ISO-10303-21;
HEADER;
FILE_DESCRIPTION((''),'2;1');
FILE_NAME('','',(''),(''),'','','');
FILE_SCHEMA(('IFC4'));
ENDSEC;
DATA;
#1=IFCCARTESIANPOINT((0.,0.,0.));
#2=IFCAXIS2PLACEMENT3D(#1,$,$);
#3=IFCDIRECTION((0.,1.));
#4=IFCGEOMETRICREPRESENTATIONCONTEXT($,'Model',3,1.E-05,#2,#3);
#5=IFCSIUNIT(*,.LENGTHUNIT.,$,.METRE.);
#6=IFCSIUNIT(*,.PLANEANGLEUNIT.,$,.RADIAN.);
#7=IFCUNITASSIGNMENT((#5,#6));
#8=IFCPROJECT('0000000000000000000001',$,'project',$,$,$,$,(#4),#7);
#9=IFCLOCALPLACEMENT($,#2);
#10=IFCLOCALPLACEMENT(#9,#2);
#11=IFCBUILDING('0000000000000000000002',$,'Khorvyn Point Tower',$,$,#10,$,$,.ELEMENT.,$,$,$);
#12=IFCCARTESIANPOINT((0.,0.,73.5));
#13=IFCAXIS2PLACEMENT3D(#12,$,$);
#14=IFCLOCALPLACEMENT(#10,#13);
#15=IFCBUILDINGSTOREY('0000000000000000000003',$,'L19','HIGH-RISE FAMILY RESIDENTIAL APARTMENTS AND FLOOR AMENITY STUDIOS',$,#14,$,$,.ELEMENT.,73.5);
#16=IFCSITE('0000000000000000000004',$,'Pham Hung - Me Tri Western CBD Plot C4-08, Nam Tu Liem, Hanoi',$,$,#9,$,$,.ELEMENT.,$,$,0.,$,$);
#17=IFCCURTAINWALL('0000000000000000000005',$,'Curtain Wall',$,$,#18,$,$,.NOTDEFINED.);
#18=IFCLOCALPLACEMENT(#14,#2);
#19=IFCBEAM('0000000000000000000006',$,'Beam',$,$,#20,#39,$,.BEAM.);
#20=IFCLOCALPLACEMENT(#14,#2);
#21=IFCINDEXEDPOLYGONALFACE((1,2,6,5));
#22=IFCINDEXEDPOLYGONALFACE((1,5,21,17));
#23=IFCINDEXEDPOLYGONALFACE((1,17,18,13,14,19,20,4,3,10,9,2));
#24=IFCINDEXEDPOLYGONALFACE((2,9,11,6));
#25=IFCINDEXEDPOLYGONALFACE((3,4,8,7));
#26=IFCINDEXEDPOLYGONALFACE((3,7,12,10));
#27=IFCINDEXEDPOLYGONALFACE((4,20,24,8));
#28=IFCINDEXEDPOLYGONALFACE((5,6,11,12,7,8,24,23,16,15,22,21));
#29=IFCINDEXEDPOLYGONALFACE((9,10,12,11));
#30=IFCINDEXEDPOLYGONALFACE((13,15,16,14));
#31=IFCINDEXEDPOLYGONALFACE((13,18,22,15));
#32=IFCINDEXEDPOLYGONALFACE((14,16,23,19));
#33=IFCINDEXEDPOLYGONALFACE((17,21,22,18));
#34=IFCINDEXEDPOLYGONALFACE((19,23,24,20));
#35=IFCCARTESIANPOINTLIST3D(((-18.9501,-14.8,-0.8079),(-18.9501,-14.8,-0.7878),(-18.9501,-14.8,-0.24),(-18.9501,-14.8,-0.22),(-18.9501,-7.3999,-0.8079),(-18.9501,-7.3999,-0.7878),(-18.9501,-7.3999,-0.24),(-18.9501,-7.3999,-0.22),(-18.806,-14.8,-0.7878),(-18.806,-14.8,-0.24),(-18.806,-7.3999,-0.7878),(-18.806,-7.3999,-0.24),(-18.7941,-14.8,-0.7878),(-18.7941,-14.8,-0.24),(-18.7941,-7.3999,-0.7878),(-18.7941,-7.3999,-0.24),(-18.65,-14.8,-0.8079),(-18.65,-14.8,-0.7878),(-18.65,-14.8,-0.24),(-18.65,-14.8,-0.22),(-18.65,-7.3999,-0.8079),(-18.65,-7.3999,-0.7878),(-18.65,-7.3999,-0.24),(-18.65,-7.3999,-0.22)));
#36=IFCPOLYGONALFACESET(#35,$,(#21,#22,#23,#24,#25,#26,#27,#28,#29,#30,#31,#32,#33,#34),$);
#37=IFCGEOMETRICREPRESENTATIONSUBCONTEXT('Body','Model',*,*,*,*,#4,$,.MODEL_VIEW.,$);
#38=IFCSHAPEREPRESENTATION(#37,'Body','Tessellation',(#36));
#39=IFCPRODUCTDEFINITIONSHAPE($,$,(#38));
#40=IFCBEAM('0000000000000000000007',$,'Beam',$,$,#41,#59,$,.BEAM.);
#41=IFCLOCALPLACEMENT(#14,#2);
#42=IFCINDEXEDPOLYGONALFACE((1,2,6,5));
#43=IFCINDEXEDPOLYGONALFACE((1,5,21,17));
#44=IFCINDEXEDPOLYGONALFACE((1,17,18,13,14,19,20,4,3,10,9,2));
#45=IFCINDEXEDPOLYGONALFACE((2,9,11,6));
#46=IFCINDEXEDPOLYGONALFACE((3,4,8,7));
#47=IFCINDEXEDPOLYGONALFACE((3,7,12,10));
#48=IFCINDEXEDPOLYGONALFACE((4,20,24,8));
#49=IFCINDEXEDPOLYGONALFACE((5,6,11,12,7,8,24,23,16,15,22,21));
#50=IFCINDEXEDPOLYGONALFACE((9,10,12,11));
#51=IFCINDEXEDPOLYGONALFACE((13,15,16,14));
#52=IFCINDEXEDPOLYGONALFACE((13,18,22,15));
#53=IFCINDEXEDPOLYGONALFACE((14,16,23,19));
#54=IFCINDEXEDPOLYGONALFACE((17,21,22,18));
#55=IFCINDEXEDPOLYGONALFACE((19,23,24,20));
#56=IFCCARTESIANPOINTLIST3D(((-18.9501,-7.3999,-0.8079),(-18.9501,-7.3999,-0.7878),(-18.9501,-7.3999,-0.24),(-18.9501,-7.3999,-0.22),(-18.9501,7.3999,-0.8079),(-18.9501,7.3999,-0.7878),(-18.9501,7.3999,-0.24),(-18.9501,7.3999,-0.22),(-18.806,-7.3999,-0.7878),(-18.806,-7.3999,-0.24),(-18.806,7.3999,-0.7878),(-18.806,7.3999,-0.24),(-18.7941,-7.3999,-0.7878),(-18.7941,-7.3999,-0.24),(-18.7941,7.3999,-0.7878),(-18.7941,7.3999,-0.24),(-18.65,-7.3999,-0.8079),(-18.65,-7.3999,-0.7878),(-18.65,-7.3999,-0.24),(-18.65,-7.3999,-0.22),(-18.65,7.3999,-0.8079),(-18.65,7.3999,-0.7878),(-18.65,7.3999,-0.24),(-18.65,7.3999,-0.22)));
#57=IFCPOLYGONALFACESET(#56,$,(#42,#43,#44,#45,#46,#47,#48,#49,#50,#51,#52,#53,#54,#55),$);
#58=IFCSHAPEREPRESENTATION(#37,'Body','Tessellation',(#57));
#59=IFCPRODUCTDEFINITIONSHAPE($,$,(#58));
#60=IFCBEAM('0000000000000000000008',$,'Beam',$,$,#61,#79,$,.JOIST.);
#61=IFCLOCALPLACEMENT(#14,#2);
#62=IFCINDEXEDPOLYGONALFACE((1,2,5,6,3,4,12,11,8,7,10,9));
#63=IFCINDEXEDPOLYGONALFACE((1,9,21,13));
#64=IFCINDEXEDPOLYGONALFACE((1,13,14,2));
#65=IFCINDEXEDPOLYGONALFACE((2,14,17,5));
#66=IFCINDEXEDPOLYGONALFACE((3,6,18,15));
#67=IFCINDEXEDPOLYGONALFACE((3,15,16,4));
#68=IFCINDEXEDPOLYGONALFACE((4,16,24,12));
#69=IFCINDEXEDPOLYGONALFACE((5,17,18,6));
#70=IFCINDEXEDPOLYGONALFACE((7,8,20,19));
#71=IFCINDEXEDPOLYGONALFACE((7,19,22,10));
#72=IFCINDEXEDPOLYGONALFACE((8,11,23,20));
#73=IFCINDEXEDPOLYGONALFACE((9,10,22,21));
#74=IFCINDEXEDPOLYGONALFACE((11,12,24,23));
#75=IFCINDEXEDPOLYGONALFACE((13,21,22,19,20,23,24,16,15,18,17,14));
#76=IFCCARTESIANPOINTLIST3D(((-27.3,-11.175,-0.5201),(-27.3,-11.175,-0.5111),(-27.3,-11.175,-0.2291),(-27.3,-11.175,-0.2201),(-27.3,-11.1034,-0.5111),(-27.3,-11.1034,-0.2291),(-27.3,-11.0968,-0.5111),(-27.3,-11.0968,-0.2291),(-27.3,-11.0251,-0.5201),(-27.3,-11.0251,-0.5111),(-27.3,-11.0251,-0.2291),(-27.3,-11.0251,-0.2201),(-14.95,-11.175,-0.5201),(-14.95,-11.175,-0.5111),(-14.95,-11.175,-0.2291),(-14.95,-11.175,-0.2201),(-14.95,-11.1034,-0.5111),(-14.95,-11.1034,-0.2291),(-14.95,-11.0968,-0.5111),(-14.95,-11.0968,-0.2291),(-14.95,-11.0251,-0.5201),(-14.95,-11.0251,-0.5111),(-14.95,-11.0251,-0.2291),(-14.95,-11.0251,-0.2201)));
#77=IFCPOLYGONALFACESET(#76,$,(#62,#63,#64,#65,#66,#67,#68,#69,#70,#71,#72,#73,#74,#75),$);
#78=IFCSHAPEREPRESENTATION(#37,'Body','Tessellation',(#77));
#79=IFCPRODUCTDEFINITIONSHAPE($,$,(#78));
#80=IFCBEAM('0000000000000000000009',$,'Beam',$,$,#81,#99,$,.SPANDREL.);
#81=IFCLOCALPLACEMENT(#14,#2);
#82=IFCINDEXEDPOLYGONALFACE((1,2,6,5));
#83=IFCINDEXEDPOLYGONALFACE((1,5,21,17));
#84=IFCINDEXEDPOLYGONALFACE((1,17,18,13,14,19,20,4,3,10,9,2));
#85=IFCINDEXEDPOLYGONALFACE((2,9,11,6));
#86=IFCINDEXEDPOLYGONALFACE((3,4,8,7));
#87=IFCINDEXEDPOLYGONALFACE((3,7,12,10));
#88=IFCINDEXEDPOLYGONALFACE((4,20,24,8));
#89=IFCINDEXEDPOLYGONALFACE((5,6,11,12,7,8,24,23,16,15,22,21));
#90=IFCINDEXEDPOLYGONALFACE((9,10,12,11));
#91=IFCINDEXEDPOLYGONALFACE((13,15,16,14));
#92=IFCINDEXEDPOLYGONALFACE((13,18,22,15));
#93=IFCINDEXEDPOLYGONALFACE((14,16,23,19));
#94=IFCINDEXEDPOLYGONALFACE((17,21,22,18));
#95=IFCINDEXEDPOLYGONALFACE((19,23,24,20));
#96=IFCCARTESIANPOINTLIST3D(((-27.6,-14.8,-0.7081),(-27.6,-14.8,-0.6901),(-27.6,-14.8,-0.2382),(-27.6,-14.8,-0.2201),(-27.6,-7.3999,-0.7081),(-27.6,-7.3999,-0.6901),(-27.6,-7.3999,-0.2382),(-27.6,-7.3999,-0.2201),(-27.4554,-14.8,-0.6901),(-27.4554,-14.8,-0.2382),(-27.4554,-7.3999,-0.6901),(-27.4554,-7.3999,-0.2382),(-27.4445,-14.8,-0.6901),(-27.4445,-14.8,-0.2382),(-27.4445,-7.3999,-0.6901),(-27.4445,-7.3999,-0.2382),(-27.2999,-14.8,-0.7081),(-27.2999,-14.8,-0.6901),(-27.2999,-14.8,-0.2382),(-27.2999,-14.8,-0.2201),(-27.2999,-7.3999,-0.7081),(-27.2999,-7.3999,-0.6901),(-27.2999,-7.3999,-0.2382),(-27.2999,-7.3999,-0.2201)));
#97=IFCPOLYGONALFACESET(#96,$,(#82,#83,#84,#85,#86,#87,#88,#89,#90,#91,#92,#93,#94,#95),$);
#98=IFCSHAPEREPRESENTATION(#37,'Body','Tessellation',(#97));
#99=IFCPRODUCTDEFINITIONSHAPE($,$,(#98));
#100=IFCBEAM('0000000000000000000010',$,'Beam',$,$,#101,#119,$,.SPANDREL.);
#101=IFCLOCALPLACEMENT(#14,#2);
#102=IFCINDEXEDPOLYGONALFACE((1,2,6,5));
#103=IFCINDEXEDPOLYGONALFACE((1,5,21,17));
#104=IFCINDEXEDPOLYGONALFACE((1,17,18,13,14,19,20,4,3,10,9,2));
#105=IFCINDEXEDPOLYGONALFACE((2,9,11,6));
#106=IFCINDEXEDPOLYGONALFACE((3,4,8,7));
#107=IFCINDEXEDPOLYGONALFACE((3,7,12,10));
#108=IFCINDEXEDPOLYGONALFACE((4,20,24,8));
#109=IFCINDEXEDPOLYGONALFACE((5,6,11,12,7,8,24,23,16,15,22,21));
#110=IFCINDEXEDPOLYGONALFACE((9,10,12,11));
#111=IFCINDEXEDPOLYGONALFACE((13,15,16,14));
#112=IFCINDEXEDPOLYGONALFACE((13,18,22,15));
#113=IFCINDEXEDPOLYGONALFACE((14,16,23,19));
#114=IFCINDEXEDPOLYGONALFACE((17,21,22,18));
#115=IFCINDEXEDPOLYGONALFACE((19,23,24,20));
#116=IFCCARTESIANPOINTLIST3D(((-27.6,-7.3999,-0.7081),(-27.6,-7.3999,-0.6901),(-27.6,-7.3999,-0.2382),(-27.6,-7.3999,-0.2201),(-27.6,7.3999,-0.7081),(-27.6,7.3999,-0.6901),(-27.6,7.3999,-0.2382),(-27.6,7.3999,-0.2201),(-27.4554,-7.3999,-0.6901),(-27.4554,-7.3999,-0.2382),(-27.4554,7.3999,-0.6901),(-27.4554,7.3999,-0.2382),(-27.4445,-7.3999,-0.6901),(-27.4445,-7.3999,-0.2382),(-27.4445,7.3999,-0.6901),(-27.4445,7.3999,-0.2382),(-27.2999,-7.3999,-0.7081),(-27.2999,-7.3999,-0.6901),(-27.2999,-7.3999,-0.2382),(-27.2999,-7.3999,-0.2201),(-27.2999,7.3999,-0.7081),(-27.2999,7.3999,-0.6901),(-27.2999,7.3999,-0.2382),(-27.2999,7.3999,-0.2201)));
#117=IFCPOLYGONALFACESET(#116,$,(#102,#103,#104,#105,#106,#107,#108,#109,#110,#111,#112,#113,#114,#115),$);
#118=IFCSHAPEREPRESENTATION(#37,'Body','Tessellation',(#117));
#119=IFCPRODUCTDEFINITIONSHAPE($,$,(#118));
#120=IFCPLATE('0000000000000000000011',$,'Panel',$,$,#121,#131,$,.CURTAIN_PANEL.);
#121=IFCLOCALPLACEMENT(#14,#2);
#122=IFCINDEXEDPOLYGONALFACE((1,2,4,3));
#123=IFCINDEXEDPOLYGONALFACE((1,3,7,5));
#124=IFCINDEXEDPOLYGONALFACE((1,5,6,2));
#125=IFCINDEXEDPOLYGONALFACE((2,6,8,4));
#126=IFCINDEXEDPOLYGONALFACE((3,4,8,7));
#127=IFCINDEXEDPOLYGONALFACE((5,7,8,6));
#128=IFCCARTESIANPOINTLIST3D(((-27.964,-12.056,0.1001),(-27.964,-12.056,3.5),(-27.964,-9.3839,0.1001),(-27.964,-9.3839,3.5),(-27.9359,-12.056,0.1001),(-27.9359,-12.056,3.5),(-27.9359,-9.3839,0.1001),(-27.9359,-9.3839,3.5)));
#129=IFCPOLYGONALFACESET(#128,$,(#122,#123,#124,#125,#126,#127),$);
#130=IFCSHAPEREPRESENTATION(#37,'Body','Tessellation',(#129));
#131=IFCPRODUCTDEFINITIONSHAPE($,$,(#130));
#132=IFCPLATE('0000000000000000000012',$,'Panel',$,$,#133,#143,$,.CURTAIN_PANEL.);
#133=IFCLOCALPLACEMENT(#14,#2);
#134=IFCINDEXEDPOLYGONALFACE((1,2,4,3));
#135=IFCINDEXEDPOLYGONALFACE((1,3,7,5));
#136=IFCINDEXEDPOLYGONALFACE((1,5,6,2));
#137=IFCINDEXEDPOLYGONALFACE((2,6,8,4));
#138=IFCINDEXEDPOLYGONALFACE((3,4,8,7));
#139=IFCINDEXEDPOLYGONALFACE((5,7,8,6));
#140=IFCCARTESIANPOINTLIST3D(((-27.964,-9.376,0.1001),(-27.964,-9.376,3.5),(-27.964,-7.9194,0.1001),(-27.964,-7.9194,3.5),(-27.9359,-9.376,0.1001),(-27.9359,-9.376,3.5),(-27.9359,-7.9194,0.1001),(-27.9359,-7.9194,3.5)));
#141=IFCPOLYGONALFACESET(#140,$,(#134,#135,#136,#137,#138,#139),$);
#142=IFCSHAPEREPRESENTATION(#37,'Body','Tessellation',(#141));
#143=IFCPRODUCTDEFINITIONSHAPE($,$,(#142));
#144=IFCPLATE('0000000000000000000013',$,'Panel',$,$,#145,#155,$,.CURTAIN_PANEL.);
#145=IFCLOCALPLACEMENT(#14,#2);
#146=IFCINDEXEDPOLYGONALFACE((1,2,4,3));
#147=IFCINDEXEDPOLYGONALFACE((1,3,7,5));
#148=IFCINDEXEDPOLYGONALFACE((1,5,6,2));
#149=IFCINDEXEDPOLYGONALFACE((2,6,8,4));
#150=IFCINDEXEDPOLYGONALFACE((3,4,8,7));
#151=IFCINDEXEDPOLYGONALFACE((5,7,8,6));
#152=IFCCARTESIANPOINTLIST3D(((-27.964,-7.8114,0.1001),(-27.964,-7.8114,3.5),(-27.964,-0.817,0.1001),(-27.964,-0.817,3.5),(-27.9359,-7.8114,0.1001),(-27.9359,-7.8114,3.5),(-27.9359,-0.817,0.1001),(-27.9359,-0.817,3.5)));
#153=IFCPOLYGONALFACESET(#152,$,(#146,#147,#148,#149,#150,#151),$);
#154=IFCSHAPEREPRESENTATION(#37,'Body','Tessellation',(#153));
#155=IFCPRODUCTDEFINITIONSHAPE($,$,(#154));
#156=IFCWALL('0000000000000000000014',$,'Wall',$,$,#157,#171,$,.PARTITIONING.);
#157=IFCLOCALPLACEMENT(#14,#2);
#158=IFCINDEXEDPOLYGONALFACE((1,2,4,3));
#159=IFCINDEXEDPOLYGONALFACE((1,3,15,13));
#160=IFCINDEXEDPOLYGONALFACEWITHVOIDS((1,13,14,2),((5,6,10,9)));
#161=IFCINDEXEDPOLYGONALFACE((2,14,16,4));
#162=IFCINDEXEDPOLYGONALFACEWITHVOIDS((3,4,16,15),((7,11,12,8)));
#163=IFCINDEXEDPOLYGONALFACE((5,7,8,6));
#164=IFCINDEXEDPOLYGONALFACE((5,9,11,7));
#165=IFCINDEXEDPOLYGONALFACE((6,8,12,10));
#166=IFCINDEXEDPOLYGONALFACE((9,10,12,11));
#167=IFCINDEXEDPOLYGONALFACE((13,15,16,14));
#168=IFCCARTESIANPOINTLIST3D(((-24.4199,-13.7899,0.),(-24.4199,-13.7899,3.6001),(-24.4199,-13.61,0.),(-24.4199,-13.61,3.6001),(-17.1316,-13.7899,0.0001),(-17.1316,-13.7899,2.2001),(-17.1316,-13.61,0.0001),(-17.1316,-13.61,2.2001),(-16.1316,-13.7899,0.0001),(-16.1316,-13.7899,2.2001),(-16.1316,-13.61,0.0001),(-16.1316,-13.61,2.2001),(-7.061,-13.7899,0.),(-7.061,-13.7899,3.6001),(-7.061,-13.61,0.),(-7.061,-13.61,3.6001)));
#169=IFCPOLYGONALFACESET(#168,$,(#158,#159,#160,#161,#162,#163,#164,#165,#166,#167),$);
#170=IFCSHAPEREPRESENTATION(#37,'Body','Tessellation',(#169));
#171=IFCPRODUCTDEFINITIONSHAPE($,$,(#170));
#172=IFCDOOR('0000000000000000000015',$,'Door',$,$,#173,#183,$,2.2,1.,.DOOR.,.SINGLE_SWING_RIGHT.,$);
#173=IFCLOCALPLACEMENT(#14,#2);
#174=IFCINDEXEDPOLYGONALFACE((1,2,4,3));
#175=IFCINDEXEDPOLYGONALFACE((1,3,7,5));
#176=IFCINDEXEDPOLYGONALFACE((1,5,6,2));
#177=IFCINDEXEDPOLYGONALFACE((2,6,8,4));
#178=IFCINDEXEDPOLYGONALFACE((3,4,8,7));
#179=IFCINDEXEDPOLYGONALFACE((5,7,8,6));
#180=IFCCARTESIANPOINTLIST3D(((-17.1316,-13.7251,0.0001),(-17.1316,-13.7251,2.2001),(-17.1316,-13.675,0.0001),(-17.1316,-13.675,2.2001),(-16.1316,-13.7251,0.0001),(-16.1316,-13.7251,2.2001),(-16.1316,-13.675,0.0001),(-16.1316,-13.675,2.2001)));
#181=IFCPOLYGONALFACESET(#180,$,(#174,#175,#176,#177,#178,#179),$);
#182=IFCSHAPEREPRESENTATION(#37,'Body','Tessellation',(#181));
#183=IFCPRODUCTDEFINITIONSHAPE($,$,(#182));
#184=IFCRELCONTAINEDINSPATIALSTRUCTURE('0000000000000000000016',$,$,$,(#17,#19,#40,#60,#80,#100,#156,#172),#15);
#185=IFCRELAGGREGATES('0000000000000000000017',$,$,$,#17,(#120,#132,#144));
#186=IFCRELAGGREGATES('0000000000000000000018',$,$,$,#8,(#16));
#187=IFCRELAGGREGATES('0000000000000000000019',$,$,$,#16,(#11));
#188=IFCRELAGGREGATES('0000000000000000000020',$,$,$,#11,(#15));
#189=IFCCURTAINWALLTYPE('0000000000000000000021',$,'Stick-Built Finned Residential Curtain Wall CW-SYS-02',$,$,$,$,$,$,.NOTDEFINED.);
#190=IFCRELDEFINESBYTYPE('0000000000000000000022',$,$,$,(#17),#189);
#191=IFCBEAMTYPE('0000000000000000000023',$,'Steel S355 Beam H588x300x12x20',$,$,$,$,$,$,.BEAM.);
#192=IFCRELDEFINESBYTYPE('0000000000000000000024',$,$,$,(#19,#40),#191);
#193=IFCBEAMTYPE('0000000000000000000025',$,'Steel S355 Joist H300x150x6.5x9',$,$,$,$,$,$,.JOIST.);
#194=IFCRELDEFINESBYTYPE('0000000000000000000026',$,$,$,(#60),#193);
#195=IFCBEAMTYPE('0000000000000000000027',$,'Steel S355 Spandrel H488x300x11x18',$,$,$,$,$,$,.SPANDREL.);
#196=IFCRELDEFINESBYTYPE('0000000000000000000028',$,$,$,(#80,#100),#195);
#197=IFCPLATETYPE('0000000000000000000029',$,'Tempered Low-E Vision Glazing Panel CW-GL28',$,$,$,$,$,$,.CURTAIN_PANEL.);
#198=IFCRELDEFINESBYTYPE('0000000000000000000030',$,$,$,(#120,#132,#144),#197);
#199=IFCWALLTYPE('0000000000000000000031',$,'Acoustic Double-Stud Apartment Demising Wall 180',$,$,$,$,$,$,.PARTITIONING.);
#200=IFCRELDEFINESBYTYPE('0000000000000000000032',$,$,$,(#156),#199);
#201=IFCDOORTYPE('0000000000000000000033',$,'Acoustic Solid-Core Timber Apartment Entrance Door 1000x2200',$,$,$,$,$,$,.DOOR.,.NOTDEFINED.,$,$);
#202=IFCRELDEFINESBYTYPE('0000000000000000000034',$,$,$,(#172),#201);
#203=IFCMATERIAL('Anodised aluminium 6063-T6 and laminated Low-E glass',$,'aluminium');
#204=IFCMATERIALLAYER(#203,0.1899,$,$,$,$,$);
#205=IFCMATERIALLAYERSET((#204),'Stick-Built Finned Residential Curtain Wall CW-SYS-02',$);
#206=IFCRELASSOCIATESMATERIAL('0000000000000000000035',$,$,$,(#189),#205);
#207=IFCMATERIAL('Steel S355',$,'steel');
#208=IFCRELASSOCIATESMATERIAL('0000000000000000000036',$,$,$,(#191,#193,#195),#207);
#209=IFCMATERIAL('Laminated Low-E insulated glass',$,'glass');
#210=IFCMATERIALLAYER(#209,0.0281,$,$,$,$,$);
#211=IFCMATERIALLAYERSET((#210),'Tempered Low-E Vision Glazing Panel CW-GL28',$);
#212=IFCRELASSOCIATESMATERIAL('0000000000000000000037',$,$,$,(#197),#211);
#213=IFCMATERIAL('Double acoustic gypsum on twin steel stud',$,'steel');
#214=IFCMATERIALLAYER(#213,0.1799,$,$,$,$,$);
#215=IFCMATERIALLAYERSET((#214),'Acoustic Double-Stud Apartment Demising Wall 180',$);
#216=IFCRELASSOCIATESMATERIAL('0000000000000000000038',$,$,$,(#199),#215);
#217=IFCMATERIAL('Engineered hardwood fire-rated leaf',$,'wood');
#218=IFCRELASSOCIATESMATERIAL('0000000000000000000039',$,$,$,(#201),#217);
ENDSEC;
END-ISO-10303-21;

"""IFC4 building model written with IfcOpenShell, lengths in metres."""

from ifc_helpers import new_model, si_unit, direction, frame, frame_2d, origin, origin_2d, place, context, subcontext, project, spatial, rectangle, i_section, extrude, material, layer, layer_set, material_profile, profile_set, type_object, element, fill, aggregate, save


model = new_model("IFC4")

# Units and contexts
model_context = context("Model", 3, precision=1e-05, world=origin(), true_north=direction((0.0, 1.0)))
body_context = subcontext(model_context, "Body", "Model", "MODEL_VIEW")
ifc_project = project(units=[si_unit("LENGTHUNIT", "METRE"), si_unit("PLANEANGLEUNIT", "RADIAN")], contexts=[model_context])

# Site, building, storey
site_placement = place(None, origin())
site = spatial("IfcSite", under=ifc_project, at=site_placement, Name="Pham Hung - Me Tri Western CBD Plot C4-08, Nam Tu Liem, Hanoi", CompositionType="ELEMENT", RefElevation=0.0)
building_placement = place(site_placement, origin())
building = spatial("IfcBuilding", under=site, at=building_placement, Name="Khorvyn Point Tower", CompositionType="ELEMENT")
storey_placement = place(building_placement, frame((0.0, 0.0, 73.5)))
storey = spatial("IfcBuildingStorey", under=building, at=storey_placement, Name="L19", Description="HIGH-RISE FAMILY RESIDENTIAL APARTMENTS AND FLOOR AMENITY STUDIOS", CompositionType="ELEMENT", Elevation=73.5)

# Curtain wall
ifc_material_1 = material(Name="Anodised aluminium 6063-T6 and laminated Low-E glass", Category="aluminium")
ifc_layer_1 = layer(ifc_material_1, 0.1899)
ifc_layer_set_1 = layer_set([ifc_layer_1], Name="Stick-Built Finned Residential Curtain Wall CW-SYS-02")
curtain_wall_type = type_object("IfcCurtainWallType", Name="Stick-Built Finned Residential Curtain Wall CW-SYS-02", PredefinedType="NOTDEFINED", material=ifc_layer_set_1)
curtain_wall_placement = place(storey_placement, origin())
curtain_wall = element("IfcCurtainWall", 1, at=curtain_wall_placement, inside=storey, type_object=curtain_wall_type, Name="Curtain Wall", PredefinedType="NOTDEFINED")

# Beams
ifc_material_2 = material(Name="Steel S355", Category="steel")
ifc_material_profile_1 = material_profile(ifc_material_2, i_section(OverallWidth=0.3, OverallDepth=0.5879, WebThickness=0.012, FlangeThickness=0.02, at=origin_2d()))
ifc_profile_set_1 = profile_set([ifc_material_profile_1], Name="Steel S355 H588x300x12x20")
beam_type_1 = type_object("IfcBeamType", Name="Steel S355 Beam H588x300x12x20", PredefinedType="BEAM", material=ifc_profile_set_1)
beam_1_placement = place(storey_placement, frame((-18.8, -14.8, -0.5139), z_axis=(0.0, 1.0, 0.0), x_axis=(-1.0, 0.0, 0.0)))
element("IfcBeam", 2, at=beam_1_placement, inside=storey, type_object=beam_type_1, Name="Beam", PredefinedType="BEAM", context=body_context, shape_type="SweptSolid", body=[
    extrude(i_section(OverallWidth=0.3, OverallDepth=0.5879, WebThickness=0.012, FlangeThickness=0.02, at=origin_2d()), origin(), (0.0, 0.0, 1.0), 7.4001),
])
beam_2_placement = place(storey_placement, frame((-18.8, -7.3999, -0.5139), z_axis=(0.0, 1.0, 0.0), x_axis=(-1.0, 0.0, 0.0)))
element("IfcBeam", 3, at=beam_2_placement, inside=storey, type_object=beam_type_1, Name="Beam", PredefinedType="BEAM", context=body_context, shape_type="SweptSolid", body=[
    extrude(i_section(OverallWidth=0.3, OverallDepth=0.5879, WebThickness=0.012, FlangeThickness=0.02, at=origin_2d()), origin(), (0.0, 0.0, 1.0), 14.7998),
])
ifc_material_profile_2 = material_profile(ifc_material_2, i_section(OverallWidth=0.1499, OverallDepth=0.3, WebThickness=0.0066, FlangeThickness=0.009, at=origin_2d()))
ifc_profile_set_2 = profile_set([ifc_material_profile_2], Name="Steel S355 H300x150x6.5x9")
beam_type_2 = type_object("IfcBeamType", Name="Steel S355 Joist H300x150x6.5x9", PredefinedType="JOIST", material=ifc_profile_set_2)
beam_3_placement = place(storey_placement, frame((-27.3, -11.1001, -0.3701), z_axis=(1.0, 0.0, 0.0), x_axis=(0.0, 1.0, 0.0)))
element("IfcBeam", 4, at=beam_3_placement, inside=storey, type_object=beam_type_2, Name="Beam", PredefinedType="JOIST", context=body_context, shape_type="SweptSolid", body=[
    extrude(i_section(OverallWidth=0.1499, OverallDepth=0.3, WebThickness=0.0066, FlangeThickness=0.009, at=origin_2d()), origin(), (0.0, 0.0, 1.0), 12.3501),
])
ifc_material_profile_3 = material_profile(ifc_material_2, i_section(OverallWidth=0.3, OverallDepth=0.488, WebThickness=0.011, FlangeThickness=0.0181, at=origin_2d()))
ifc_profile_set_3 = profile_set([ifc_material_profile_3], Name="Steel S355 H488x300x11x18")
beam_type_3 = type_object("IfcBeamType", Name="Steel S355 Spandrel H488x300x11x18", PredefinedType="SPANDREL", material=ifc_profile_set_3)
beam_4_placement = place(storey_placement, frame((-27.45, -14.8, -0.4641), z_axis=(0.0, 1.0, 0.0), x_axis=(-1.0, 0.0, 0.0)))
element("IfcBeam", 5, at=beam_4_placement, inside=storey, type_object=beam_type_3, Name="Beam", PredefinedType="SPANDREL", context=body_context, shape_type="SweptSolid", body=[
    extrude(i_section(OverallWidth=0.3, OverallDepth=0.488, WebThickness=0.011, FlangeThickness=0.0181, at=origin_2d()), origin(), (0.0, 0.0, 1.0), 7.4001),
])
beam_5_placement = place(storey_placement, frame((-27.45, -7.3999, -0.4641), z_axis=(0.0, 1.0, 0.0), x_axis=(-1.0, 0.0, 0.0)))
element("IfcBeam", 6, at=beam_5_placement, inside=storey, type_object=beam_type_3, Name="Beam", PredefinedType="SPANDREL", context=body_context, shape_type="SweptSolid", body=[
    extrude(i_section(OverallWidth=0.3, OverallDepth=0.488, WebThickness=0.011, FlangeThickness=0.0181, at=origin_2d()), origin(), (0.0, 0.0, 1.0), 14.7998),
])

# Plates
ifc_material_3 = material(Name="Laminated Low-E insulated glass", Category="glass")
ifc_layer_2 = layer(ifc_material_3, 0.0281)
ifc_layer_set_2 = layer_set([ifc_layer_2], Name="Tempered Low-E Vision Glazing Panel CW-GL28")
plate_type = type_object("IfcPlateType", Name="Tempered Low-E Vision Glazing Panel CW-GL28", PredefinedType="CURTAIN_PANEL", material=ifc_layer_set_2)
plate_1_placement = place(storey_placement, frame((-27.95, -10.72, 0.1001), z_axis=(0.0, 0.0, 1.0), x_axis=(0.0, 1.0, 0.0)))
plate_1 = element("IfcPlate", 7, at=plate_1_placement, type_object=plate_type, Name="Panel", PredefinedType="CURTAIN_PANEL", context=body_context, shape_type="SweptSolid", body=[
    extrude(rectangle(XDim=2.6721, YDim=0.0281, at=origin_2d()), origin(), (0.0, 0.0, 1.0), 3.3999),
])
plate_2_placement = place(storey_placement, frame((-27.95, -8.6477, 0.1001), z_axis=(0.0, 0.0, 1.0), x_axis=(0.0, 1.0, 0.0)))
plate_2 = element("IfcPlate", 8, at=plate_2_placement, type_object=plate_type, Name="Panel", PredefinedType="CURTAIN_PANEL", context=body_context, shape_type="SweptSolid", body=[
    extrude(rectangle(XDim=1.4565, YDim=0.0281, at=origin_2d()), origin(), (0.0, 0.0, 1.0), 3.3999),
])
plate_3_placement = place(storey_placement, frame((-27.95, -4.3142, 0.1001), z_axis=(0.0, 0.0, 1.0), x_axis=(0.0, 1.0, 0.0)))
plate_3 = element("IfcPlate", 9, at=plate_3_placement, type_object=plate_type, Name="Panel", PredefinedType="CURTAIN_PANEL", context=body_context, shape_type="SweptSolid", body=[
    extrude(rectangle(XDim=6.9944, YDim=0.0281, at=origin_2d()), origin(), (0.0, 0.0, 1.0), 3.3999),
])
aggregate(curtain_wall, [plate_1, plate_2, plate_3])

# Wall, opening, door
ifc_material_4 = material(Name="Double acoustic gypsum on twin steel stud", Category="steel")
ifc_layer_3 = layer(ifc_material_4, 0.1799)
ifc_layer_set_3 = layer_set([ifc_layer_3], Name="Acoustic Double-Stud Apartment Demising Wall 180")
wall_type_1 = type_object("IfcWallType", Name="Acoustic Double-Stud Apartment Demising Wall 180", PredefinedType="PARTITIONING", material=ifc_layer_set_3)
wall_1_placement = place(storey_placement, frame((-24.4199, -13.7, 0.0), z_axis=(0.0, 0.0, 1.0), x_axis=(1.0, 0.0, 0.0)))
wall_1 = element("IfcWall", 10, at=wall_1_placement, inside=storey, type_object=wall_type_1, Name="Wall", PredefinedType="PARTITIONING", context=body_context, shape_type="SweptSolid", body=[
    extrude(rectangle(XDim=17.3589, YDim=0.1799, at=frame_2d((8.6794, 0.0))), origin(), (0.0, 0.0, 1.0), 3.6001),
])
opening_1_placement = place(wall_1_placement, frame((7.2883, 0.0, 0.0)))
opening_1 = element("IfcOpeningElement", 11, at=opening_1_placement, cuts=wall_1, PredefinedType="OPENING", context=body_context, shape_type="SweptSolid", body=[
    extrude(rectangle(XDim=1.0, YDim=2.2, at=frame_2d((0.5, 1.1001))), frame((0.0, 0.0999, 0.0), z_axis=(0.0, -1.0, 0.0), x_axis=(1.0, 0.0, 0.0)), (0.0, 0.0, 1.0), 0.2),
])
ifc_material_5 = material(Name="Engineered hardwood fire-rated leaf", Category="wood")
door_type_1 = type_object("IfcDoorType", Name="Acoustic Solid-Core Timber Apartment Entrance Door 1000x2200", OperationType="NOTDEFINED", PredefinedType="DOOR", material=ifc_material_5)
door_1_placement = place(opening_1_placement, origin())
door_1 = element("IfcDoor", 12, at=door_1_placement, inside=storey, type_object=door_type_1, Name="Door", OperationType="SINGLE_SWING_RIGHT", OverallHeight=2.2, OverallWidth=1.0, PredefinedType="DOOR", context=body_context, shape_type="SweptSolid", body=[
    extrude(rectangle(XDim=1.0, YDim=2.2, at=frame_2d((0.5, 1.1001))), frame((0.0, 0.0249, 0.0), z_axis=(0.0, -1.0, 0.0), x_axis=(1.0, 0.0, 0.0)), (0.0, 0.0, 1.0), 0.05),
])
fill(opening_1, door_1)

save(model, "model.ifc")
